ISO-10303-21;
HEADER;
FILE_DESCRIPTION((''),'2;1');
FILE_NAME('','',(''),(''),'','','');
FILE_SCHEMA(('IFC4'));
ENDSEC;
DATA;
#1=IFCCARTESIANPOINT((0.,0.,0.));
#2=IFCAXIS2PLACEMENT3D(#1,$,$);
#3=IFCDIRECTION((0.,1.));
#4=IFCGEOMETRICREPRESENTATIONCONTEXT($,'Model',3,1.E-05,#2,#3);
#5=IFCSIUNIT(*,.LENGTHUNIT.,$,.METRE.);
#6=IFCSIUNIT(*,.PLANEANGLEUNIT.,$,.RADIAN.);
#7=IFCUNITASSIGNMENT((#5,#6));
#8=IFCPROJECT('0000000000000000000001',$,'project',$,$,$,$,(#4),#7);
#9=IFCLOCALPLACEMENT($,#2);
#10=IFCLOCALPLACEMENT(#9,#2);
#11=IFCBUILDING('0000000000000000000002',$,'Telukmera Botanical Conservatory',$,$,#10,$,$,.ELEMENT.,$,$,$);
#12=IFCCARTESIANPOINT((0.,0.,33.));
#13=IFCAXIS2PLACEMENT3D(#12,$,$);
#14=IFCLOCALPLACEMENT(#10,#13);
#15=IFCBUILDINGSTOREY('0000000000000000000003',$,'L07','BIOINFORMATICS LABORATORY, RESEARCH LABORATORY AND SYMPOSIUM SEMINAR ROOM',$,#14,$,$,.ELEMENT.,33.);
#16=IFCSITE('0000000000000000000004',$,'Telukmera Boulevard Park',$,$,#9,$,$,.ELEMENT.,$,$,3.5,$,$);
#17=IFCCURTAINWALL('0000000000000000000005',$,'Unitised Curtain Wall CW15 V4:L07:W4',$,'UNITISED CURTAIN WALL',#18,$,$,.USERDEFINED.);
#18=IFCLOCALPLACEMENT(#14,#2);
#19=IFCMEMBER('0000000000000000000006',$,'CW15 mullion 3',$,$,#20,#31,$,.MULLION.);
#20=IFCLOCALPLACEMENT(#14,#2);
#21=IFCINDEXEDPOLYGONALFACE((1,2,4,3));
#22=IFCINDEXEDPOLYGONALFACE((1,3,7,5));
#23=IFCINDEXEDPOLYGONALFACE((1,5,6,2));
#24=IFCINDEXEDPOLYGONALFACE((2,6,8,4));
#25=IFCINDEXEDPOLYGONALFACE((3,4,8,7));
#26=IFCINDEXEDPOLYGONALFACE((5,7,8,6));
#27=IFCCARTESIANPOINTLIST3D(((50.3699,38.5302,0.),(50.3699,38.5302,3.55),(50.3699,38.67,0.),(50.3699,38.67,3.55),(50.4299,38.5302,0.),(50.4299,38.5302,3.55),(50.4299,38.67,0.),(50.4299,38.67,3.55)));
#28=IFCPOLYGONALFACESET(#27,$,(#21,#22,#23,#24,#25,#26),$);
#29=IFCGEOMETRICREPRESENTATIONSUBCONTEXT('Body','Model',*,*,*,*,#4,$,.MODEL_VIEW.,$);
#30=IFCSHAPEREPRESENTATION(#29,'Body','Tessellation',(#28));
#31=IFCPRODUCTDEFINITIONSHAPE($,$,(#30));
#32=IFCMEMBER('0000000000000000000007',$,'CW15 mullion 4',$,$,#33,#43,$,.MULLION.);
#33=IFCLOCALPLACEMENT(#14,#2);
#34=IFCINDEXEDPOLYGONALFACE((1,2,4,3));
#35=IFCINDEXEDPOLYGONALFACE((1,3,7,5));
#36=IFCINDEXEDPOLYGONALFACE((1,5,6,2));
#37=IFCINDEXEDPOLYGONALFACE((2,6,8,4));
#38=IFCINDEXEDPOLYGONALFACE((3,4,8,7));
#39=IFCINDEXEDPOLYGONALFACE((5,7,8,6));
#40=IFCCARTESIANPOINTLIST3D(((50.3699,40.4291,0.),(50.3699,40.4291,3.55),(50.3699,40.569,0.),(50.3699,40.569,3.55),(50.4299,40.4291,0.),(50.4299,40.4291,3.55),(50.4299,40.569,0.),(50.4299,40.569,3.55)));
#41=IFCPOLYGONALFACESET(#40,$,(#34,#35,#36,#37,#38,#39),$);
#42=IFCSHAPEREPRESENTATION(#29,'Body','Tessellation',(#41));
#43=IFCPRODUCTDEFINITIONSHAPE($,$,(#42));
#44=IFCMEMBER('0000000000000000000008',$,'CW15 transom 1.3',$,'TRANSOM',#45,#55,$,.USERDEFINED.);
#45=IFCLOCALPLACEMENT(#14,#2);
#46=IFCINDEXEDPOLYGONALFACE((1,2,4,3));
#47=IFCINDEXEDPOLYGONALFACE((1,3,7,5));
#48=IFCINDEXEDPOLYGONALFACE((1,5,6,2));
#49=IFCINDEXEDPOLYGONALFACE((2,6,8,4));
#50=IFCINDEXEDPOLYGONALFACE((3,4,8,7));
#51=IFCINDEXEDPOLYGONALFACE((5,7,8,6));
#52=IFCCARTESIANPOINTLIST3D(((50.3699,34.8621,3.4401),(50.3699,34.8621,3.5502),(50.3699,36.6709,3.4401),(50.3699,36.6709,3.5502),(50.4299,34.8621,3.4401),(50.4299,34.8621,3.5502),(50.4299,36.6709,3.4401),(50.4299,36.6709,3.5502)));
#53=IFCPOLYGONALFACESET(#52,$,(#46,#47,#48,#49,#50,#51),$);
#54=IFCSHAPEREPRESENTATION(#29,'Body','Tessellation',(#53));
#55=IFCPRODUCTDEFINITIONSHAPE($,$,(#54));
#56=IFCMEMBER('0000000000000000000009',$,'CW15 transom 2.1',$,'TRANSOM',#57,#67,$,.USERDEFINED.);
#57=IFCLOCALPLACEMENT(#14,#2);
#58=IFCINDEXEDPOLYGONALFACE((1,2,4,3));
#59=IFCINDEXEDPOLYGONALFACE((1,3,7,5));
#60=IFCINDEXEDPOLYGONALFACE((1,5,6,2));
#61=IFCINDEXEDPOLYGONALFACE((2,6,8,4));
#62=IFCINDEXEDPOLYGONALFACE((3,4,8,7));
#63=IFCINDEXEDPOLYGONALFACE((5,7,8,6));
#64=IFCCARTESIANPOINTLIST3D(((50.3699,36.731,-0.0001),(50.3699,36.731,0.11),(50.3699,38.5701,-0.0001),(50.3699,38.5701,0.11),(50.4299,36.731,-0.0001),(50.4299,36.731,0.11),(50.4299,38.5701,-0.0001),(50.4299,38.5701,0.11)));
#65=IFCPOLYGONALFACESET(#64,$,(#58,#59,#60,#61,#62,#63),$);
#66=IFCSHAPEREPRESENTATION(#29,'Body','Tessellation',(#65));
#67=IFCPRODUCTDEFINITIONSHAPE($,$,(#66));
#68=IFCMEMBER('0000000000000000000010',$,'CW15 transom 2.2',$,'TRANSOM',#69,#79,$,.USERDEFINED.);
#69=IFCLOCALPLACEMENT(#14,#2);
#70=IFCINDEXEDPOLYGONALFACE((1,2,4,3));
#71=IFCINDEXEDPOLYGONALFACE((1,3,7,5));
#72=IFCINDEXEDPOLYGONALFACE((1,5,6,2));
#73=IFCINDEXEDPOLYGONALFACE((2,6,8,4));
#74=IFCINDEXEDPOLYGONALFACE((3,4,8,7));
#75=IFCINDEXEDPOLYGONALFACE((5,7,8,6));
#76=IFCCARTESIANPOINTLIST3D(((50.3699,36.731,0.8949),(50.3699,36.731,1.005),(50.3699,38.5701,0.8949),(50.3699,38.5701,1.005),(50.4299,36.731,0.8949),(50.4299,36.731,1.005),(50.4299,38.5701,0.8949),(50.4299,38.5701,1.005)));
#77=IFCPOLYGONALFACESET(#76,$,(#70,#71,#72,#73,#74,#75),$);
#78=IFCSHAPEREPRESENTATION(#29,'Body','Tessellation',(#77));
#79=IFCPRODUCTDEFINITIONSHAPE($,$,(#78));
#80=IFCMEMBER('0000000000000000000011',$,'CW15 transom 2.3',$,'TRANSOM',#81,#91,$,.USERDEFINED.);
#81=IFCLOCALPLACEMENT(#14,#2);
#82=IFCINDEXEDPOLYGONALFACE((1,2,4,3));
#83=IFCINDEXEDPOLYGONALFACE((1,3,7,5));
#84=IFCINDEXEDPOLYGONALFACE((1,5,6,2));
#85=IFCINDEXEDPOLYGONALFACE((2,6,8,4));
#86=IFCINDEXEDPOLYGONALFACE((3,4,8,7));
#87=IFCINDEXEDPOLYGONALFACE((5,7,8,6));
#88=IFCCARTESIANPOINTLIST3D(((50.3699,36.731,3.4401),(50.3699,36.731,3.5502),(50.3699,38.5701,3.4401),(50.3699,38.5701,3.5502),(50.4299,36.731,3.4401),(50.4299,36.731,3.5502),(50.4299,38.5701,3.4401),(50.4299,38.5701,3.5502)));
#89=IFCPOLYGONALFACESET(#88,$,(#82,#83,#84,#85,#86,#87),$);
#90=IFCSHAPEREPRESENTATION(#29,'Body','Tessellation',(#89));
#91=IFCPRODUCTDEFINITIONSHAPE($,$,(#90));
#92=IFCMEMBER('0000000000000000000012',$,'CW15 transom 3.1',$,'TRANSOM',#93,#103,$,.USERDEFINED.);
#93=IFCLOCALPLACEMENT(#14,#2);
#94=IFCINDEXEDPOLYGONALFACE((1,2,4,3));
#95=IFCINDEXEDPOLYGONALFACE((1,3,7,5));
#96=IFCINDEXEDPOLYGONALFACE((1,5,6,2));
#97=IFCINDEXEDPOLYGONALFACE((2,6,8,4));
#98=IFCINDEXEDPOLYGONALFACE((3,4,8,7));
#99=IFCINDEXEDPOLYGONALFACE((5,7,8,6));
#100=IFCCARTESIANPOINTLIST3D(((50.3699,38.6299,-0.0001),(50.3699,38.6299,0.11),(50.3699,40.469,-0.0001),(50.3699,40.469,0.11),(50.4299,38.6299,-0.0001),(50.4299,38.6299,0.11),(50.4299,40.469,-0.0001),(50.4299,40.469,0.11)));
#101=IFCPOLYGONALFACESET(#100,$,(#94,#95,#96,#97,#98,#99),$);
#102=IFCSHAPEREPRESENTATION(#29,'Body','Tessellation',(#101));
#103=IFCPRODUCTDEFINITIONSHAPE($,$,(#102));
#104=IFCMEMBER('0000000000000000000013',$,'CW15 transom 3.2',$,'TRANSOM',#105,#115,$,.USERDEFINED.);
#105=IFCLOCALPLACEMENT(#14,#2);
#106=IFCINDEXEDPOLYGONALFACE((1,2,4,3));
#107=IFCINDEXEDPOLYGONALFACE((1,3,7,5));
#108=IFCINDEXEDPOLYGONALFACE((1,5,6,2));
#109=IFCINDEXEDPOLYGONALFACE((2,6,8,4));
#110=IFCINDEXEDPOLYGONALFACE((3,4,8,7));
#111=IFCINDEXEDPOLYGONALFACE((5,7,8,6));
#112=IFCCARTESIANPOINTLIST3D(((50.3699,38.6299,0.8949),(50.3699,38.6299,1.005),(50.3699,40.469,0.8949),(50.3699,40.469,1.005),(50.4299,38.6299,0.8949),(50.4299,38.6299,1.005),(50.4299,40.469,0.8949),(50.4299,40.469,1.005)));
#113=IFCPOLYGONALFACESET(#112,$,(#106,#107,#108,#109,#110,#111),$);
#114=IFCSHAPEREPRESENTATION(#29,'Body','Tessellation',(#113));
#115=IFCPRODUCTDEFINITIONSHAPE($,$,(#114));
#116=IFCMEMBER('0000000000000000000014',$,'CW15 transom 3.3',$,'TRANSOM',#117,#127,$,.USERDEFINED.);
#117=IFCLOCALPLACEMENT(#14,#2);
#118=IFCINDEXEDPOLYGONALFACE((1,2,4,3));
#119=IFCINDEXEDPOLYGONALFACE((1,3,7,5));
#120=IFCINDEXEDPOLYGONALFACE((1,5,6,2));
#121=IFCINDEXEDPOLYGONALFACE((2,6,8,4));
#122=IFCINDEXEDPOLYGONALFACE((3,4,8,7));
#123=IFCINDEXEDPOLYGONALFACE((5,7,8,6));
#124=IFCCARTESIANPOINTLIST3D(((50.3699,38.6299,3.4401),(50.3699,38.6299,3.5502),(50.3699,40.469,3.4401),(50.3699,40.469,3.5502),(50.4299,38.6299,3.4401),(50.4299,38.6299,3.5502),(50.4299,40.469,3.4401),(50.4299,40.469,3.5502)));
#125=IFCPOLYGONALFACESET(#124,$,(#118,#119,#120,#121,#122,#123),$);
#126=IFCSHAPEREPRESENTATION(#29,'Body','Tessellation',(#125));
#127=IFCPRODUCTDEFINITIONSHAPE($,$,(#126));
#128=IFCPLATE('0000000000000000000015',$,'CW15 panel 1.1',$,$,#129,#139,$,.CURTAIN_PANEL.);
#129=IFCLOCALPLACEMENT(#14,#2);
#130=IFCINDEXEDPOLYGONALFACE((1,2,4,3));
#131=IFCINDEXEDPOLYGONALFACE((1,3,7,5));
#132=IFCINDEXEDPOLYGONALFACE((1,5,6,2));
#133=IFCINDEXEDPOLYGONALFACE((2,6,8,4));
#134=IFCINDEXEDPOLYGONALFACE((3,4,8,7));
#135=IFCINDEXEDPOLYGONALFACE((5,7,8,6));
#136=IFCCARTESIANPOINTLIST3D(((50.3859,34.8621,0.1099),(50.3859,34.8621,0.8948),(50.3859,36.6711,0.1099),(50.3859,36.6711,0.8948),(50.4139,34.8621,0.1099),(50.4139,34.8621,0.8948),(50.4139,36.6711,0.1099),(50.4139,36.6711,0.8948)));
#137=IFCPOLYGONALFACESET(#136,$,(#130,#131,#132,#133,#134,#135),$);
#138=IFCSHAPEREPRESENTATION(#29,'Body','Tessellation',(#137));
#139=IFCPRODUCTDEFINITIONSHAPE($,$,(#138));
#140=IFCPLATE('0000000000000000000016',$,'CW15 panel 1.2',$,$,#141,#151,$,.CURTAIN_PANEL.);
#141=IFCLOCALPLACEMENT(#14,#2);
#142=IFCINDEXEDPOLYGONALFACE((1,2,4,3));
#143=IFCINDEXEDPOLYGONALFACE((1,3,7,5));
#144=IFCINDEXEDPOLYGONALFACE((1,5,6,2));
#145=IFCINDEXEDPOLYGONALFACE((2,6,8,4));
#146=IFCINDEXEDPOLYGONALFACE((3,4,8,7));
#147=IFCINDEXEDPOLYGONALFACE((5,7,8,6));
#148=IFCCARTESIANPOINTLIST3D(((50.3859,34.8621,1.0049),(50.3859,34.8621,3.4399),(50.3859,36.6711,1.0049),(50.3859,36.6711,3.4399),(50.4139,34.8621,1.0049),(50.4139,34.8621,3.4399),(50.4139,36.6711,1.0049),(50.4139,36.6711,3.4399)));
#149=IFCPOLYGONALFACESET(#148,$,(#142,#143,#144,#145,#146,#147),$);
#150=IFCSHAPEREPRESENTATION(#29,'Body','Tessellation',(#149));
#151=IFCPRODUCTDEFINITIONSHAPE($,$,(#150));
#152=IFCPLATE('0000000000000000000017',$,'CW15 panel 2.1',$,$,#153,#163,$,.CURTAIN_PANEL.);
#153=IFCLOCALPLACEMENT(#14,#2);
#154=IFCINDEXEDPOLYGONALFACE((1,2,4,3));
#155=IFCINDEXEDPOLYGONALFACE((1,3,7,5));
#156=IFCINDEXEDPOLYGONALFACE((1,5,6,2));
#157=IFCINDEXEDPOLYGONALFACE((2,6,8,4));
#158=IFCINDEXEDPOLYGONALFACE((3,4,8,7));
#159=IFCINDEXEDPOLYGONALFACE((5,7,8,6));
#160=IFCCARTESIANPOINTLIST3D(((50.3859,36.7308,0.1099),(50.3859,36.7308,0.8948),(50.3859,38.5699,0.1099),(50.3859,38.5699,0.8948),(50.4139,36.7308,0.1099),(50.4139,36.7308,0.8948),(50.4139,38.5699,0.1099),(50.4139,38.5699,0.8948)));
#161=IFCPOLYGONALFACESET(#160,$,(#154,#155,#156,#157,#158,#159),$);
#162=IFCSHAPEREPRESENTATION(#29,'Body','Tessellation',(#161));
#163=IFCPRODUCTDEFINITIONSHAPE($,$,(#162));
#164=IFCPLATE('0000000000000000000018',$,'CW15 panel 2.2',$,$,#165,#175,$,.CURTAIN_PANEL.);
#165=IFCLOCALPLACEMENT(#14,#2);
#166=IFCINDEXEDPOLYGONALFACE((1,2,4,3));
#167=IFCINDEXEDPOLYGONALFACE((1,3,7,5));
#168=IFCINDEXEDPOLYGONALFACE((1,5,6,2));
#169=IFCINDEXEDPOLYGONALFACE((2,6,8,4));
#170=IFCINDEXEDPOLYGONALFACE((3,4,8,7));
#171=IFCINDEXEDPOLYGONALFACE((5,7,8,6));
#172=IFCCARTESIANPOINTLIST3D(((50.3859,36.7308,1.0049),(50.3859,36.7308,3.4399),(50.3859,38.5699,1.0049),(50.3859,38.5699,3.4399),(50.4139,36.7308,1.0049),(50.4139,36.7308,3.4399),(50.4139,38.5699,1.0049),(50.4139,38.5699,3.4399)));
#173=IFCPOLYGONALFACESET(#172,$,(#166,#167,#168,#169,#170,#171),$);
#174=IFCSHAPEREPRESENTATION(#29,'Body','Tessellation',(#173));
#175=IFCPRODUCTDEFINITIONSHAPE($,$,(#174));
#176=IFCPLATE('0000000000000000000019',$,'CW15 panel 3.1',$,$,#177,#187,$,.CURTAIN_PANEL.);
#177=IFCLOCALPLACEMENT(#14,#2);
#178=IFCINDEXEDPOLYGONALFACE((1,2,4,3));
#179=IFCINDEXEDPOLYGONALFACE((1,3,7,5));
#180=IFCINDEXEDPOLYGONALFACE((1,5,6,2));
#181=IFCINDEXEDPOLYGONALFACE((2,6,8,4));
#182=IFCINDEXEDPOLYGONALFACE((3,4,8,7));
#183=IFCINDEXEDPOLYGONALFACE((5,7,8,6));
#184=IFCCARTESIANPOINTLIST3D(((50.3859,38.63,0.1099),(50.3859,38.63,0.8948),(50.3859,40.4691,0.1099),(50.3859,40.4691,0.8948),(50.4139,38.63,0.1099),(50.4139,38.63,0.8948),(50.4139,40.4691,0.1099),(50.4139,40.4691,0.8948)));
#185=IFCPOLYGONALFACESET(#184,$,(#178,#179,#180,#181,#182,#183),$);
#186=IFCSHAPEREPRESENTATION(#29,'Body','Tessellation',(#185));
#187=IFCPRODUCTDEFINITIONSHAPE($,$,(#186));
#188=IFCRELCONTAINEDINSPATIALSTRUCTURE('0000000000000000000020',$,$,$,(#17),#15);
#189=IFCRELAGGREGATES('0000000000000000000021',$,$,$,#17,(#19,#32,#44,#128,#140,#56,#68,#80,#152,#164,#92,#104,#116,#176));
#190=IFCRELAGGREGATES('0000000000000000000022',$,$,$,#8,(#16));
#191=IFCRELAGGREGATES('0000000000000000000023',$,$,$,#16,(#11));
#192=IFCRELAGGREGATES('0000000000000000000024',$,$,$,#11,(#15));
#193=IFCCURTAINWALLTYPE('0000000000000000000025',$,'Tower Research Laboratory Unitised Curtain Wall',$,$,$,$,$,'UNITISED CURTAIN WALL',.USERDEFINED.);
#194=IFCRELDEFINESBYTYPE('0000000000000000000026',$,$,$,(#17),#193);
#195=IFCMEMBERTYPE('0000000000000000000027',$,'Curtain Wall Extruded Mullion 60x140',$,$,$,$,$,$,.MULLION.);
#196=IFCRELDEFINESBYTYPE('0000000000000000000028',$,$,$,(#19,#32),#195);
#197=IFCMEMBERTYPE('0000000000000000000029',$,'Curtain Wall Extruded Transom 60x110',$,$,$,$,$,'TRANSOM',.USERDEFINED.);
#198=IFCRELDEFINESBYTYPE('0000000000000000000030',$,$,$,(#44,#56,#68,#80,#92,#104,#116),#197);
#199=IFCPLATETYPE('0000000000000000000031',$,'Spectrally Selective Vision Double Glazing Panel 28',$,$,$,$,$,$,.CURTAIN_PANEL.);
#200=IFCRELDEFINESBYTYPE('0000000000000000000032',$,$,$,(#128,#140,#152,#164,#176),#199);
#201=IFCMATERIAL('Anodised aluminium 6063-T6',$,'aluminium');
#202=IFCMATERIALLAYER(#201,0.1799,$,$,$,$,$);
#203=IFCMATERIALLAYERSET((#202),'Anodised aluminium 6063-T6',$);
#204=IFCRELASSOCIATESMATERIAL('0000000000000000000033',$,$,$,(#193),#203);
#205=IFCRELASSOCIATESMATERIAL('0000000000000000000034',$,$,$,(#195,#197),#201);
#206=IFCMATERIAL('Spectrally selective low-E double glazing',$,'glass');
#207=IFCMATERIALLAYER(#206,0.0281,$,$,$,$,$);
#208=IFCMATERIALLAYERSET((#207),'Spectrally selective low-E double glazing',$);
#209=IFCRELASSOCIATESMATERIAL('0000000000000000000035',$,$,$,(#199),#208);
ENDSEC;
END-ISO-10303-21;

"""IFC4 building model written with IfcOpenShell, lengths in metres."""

from ifc_helpers import new_model, si_unit, direction, frame, origin, origin_2d, place, context, subcontext, project, spatial, rectangle, extrude, material, layer, layer_set, material_profile, profile_set, type_object, element, aggregate, save


model = new_model("IFC4")

# Units and contexts
model_context = context("Model", 3, precision=1e-05, world=origin(), true_north=direction((0.0, 1.0)))
body_context = subcontext(model_context, "Body", "Model", "MODEL_VIEW")
ifc_project = project(units=[si_unit("LENGTHUNIT", "METRE"), si_unit("PLANEANGLEUNIT", "RADIAN")], contexts=[model_context])

# Site, building, storey
site_placement = place(None, origin())
site = spatial("IfcSite", under=ifc_project, at=site_placement, Name="Telukmera Boulevard Park", CompositionType="ELEMENT", RefElevation=3.5)
building_placement = place(site_placement, origin())
building = spatial("IfcBuilding", under=site, at=building_placement, Name="Telukmera Botanical Conservatory", CompositionType="ELEMENT")
storey_placement = place(building_placement, frame((0.0, 0.0, 33.0)))
storey = spatial("IfcBuildingStorey", under=building, at=storey_placement, Name="L07", Description="BIOINFORMATICS LABORATORY, RESEARCH LABORATORY AND SYMPOSIUM SEMINAR ROOM", CompositionType="ELEMENT", Elevation=33.0)

# Curtain wall, members, plates
ifc_material_1 = material(Name="Anodised aluminium 6063-T6", Category="aluminium")
ifc_layer_1 = layer(ifc_material_1, 0.1799)
ifc_layer_set_1 = layer_set([ifc_layer_1], Name="Anodised aluminium 6063-T6")
curtain_wall_type = type_object("IfcCurtainWallType", Name="Tower Research Laboratory Unitised Curtain Wall", ElementType="UNITISED CURTAIN WALL", PredefinedType="USERDEFINED", material=ifc_layer_set_1)
curtain_wall_placement = place(storey_placement, origin())
curtain_wall = element("IfcCurtainWall", 1, at=curtain_wall_placement, inside=storey, type_object=curtain_wall_type, Name="Unitised Curtain Wall CW15 V4:L07:W4", ObjectType="UNITISED CURTAIN WALL", PredefinedType="USERDEFINED")
ifc_material_profile_1 = material_profile(ifc_material_1, rectangle(XDim=0.0601, YDim=0.1399, at=origin_2d()), Name="ALU MULL 60x140")
ifc_profile_set_1 = profile_set([ifc_material_profile_1], Name="Anodised aluminium 6063-T6")
member_type_1 = type_object("IfcMemberType", Name="Curtain Wall Extruded Mullion 60x140", PredefinedType="MULLION", material=ifc_profile_set_1)
member_1_placement = place(storey_placement, frame((50.3999, 38.6001, 0.0), z_axis=(0.0, 0.0, 1.0), x_axis=(-1.0, 0.0, 0.0)))
member_1 = element("IfcMember", 2, at=member_1_placement, type_object=member_type_1, Name="CW15 mullion 3", PredefinedType="MULLION", context=body_context, shape_type="SweptSolid", body=[
    extrude(rectangle(XDim=0.0601, YDim=0.1399, at=origin_2d()), origin(), (0.0, 0.0, 1.0), 3.55),
])
member_2_placement = place(storey_placement, frame((50.3999, 40.499, 0.0), z_axis=(0.0, 0.0, 1.0), x_axis=(-1.0, 0.0, 0.0)))
member_2 = element("IfcMember", 3, at=member_2_placement, type_object=member_type_1, Name="CW15 mullion 4", PredefinedType="MULLION", context=body_context, shape_type="SweptSolid", body=[
    extrude(rectangle(XDim=0.0601, YDim=0.1399, at=origin_2d()), origin(), (0.0, 0.0, 1.0), 3.55),
])
ifc_material_profile_2 = material_profile(ifc_material_1, rectangle(XDim=0.0601, YDim=0.1101, at=origin_2d()), Name="ALU TRAN 60x110")
ifc_profile_set_2 = profile_set([ifc_material_profile_2], Name="Anodised aluminium 6063-T6")
member_type_2 = type_object("IfcMemberType", Name="Curtain Wall Extruded Transom 60x110", ElementType="TRANSOM", PredefinedType="USERDEFINED", material=ifc_profile_set_2)
member_3_placement = place(storey_placement, frame((50.3999, 34.8621, 3.4951), z_axis=(0.0, 1.0, 0.0), x_axis=(-1.0, 0.0, 0.0)))
member_3 = element("IfcMember", 4, at=member_3_placement, type_object=member_type_2, Name="CW15 transom 1.3", ObjectType="TRANSOM", PredefinedType="USERDEFINED", context=body_context, shape_type="SweptSolid", body=[
    extrude(rectangle(XDim=0.0601, YDim=0.1101, at=origin_2d()), origin(), (0.0, 0.0, 1.0), 1.8088),
])
member_4_placement = place(storey_placement, frame((50.3999, 36.731, 0.0549), z_axis=(0.0, 1.0, 0.0), x_axis=(-1.0, 0.0, 0.0)))
member_4 = element("IfcMember", 5, at=member_4_placement, type_object=member_type_2, Name="CW15 transom 2.1", ObjectType="TRANSOM", PredefinedType="USERDEFINED", context=body_context, shape_type="SweptSolid", body=[
    extrude(rectangle(XDim=0.0601, YDim=0.1101, at=origin_2d()), origin(), (0.0, 0.0, 1.0), 1.8391),
])
member_5_placement = place(storey_placement, frame((50.3999, 36.731, 0.95), z_axis=(0.0, 1.0, 0.0), x_axis=(-1.0, 0.0, 0.0)))
member_5 = element("IfcMember", 6, at=member_5_placement, type_object=member_type_2, Name="CW15 transom 2.2", ObjectType="TRANSOM", PredefinedType="USERDEFINED", context=body_context, shape_type="SweptSolid", body=[
    extrude(rectangle(XDim=0.0601, YDim=0.1101, at=origin_2d()), origin(), (0.0, 0.0, 1.0), 1.8391),
])
member_6_placement = place(storey_placement, frame((50.3999, 36.731, 3.4951), z_axis=(0.0, 1.0, 0.0), x_axis=(-1.0, 0.0, 0.0)))
member_6 = element("IfcMember", 7, at=member_6_placement, type_object=member_type_2, Name="CW15 transom 2.3", ObjectType="TRANSOM", PredefinedType="USERDEFINED", context=body_context, shape_type="SweptSolid", body=[
    extrude(rectangle(XDim=0.0601, YDim=0.1101, at=origin_2d()), origin(), (0.0, 0.0, 1.0), 1.8391),
])
member_7_placement = place(storey_placement, frame((50.3999, 38.6299, 0.0549), z_axis=(0.0, 1.0, 0.0), x_axis=(-1.0, 0.0, 0.0)))
member_7 = element("IfcMember", 8, at=member_7_placement, type_object=member_type_2, Name="CW15 transom 3.1", ObjectType="TRANSOM", PredefinedType="USERDEFINED", context=body_context, shape_type="SweptSolid", body=[
    extrude(rectangle(XDim=0.0601, YDim=0.1101, at=origin_2d()), origin(), (0.0, 0.0, 1.0), 1.8391),
])
member_8_placement = place(storey_placement, frame((50.3999, 38.6299, 0.95), z_axis=(0.0, 1.0, 0.0), x_axis=(-1.0, 0.0, 0.0)))
member_8 = element("IfcMember", 9, at=member_8_placement, type_object=member_type_2, Name="CW15 transom 3.2", ObjectType="TRANSOM", PredefinedType="USERDEFINED", context=body_context, shape_type="SweptSolid", body=[
    extrude(rectangle(XDim=0.0601, YDim=0.1101, at=origin_2d()), origin(), (0.0, 0.0, 1.0), 1.8391),
])
member_9_placement = place(storey_placement, frame((50.3999, 38.6299, 3.4951), z_axis=(0.0, 1.0, 0.0), x_axis=(-1.0, 0.0, 0.0)))
member_9 = element("IfcMember", 10, at=member_9_placement, type_object=member_type_2, Name="CW15 transom 3.3", ObjectType="TRANSOM", PredefinedType="USERDEFINED", context=body_context, shape_type="SweptSolid", body=[
    extrude(rectangle(XDim=0.0601, YDim=0.1101, at=origin_2d()), origin(), (0.0, 0.0, 1.0), 1.8391),
])
ifc_material_2 = material(Name="Spectrally selective low-E double glazing", Category="glass")
ifc_layer_2 = layer(ifc_material_2, 0.0281)
ifc_layer_set_2 = layer_set([ifc_layer_2], Name="Spectrally selective low-E double glazing")
plate_type = type_object("IfcPlateType", Name="Spectrally Selective Vision Double Glazing Panel 28", PredefinedType="CURTAIN_PANEL", material=ifc_layer_set_2)
plate_1_placement = place(storey_placement, frame((50.3999, 35.7666, 0.1099), z_axis=(0.0, 0.0, 1.0), x_axis=(0.0, 1.0, 0.0)))
plate_1 = element("IfcPlate", 11, at=plate_1_placement, type_object=plate_type, Name="CW15 panel 1.1", PredefinedType="CURTAIN_PANEL", context=body_context, shape_type="SweptSolid", body=[
    extrude(rectangle(XDim=1.8091, YDim=0.0281, at=origin_2d()), origin(), (0.0, 0.0, 1.0), 0.7849),
])
plate_2_placement = place(storey_placement, frame((50.3999, 35.7666, 1.0049), z_axis=(0.0, 0.0, 1.0), x_axis=(0.0, 1.0, 0.0)))
plate_2 = element("IfcPlate", 12, at=plate_2_placement, type_object=plate_type, Name="CW15 panel 1.2", PredefinedType="CURTAIN_PANEL", context=body_context, shape_type="SweptSolid", body=[
    extrude(rectangle(XDim=1.8091, YDim=0.0281, at=origin_2d()), origin(), (0.0, 0.0, 1.0), 2.4351),
])
plate_3_placement = place(storey_placement, frame((50.3999, 37.6504, 0.1099), z_axis=(0.0, 0.0, 1.0), x_axis=(0.0, 1.0, 0.0)))
plate_3 = element("IfcPlate", 13, at=plate_3_placement, type_object=plate_type, Name="CW15 panel 2.1", PredefinedType="CURTAIN_PANEL", context=body_context, shape_type="SweptSolid", body=[
    extrude(rectangle(XDim=1.8391, YDim=0.0281, at=origin_2d()), origin(), (0.0, 0.0, 1.0), 0.7849),
])
plate_4_placement = place(storey_placement, frame((50.3999, 37.6504, 1.0049), z_axis=(0.0, 0.0, 1.0), x_axis=(0.0, 1.0, 0.0)))
plate_4 = element("IfcPlate", 14, at=plate_4_placement, type_object=plate_type, Name="CW15 panel 2.2", PredefinedType="CURTAIN_PANEL", context=body_context, shape_type="SweptSolid", body=[
    extrude(rectangle(XDim=1.8391, YDim=0.0281, at=origin_2d()), origin(), (0.0, 0.0, 1.0), 2.4351),
])
plate_5_placement = place(storey_placement, frame((50.3999, 39.5496, 0.1099), z_axis=(0.0, 0.0, 1.0), x_axis=(0.0, 1.0, 0.0)))
plate_5 = element("IfcPlate", 15, at=plate_5_placement, type_object=plate_type, Name="CW15 panel 3.1", PredefinedType="CURTAIN_PANEL", context=body_context, shape_type="SweptSolid", body=[
    extrude(rectangle(XDim=1.8391, YDim=0.0281, at=origin_2d()), origin(), (0.0, 0.0, 1.0), 0.7849),
])
aggregate(curtain_wall, [member_1, member_2, member_3, plate_1, plate_2, member_4, member_5, member_6, plate_3, plate_4, member_7, member_8, member_9, plate_5])

save(model, "model.ifc")
